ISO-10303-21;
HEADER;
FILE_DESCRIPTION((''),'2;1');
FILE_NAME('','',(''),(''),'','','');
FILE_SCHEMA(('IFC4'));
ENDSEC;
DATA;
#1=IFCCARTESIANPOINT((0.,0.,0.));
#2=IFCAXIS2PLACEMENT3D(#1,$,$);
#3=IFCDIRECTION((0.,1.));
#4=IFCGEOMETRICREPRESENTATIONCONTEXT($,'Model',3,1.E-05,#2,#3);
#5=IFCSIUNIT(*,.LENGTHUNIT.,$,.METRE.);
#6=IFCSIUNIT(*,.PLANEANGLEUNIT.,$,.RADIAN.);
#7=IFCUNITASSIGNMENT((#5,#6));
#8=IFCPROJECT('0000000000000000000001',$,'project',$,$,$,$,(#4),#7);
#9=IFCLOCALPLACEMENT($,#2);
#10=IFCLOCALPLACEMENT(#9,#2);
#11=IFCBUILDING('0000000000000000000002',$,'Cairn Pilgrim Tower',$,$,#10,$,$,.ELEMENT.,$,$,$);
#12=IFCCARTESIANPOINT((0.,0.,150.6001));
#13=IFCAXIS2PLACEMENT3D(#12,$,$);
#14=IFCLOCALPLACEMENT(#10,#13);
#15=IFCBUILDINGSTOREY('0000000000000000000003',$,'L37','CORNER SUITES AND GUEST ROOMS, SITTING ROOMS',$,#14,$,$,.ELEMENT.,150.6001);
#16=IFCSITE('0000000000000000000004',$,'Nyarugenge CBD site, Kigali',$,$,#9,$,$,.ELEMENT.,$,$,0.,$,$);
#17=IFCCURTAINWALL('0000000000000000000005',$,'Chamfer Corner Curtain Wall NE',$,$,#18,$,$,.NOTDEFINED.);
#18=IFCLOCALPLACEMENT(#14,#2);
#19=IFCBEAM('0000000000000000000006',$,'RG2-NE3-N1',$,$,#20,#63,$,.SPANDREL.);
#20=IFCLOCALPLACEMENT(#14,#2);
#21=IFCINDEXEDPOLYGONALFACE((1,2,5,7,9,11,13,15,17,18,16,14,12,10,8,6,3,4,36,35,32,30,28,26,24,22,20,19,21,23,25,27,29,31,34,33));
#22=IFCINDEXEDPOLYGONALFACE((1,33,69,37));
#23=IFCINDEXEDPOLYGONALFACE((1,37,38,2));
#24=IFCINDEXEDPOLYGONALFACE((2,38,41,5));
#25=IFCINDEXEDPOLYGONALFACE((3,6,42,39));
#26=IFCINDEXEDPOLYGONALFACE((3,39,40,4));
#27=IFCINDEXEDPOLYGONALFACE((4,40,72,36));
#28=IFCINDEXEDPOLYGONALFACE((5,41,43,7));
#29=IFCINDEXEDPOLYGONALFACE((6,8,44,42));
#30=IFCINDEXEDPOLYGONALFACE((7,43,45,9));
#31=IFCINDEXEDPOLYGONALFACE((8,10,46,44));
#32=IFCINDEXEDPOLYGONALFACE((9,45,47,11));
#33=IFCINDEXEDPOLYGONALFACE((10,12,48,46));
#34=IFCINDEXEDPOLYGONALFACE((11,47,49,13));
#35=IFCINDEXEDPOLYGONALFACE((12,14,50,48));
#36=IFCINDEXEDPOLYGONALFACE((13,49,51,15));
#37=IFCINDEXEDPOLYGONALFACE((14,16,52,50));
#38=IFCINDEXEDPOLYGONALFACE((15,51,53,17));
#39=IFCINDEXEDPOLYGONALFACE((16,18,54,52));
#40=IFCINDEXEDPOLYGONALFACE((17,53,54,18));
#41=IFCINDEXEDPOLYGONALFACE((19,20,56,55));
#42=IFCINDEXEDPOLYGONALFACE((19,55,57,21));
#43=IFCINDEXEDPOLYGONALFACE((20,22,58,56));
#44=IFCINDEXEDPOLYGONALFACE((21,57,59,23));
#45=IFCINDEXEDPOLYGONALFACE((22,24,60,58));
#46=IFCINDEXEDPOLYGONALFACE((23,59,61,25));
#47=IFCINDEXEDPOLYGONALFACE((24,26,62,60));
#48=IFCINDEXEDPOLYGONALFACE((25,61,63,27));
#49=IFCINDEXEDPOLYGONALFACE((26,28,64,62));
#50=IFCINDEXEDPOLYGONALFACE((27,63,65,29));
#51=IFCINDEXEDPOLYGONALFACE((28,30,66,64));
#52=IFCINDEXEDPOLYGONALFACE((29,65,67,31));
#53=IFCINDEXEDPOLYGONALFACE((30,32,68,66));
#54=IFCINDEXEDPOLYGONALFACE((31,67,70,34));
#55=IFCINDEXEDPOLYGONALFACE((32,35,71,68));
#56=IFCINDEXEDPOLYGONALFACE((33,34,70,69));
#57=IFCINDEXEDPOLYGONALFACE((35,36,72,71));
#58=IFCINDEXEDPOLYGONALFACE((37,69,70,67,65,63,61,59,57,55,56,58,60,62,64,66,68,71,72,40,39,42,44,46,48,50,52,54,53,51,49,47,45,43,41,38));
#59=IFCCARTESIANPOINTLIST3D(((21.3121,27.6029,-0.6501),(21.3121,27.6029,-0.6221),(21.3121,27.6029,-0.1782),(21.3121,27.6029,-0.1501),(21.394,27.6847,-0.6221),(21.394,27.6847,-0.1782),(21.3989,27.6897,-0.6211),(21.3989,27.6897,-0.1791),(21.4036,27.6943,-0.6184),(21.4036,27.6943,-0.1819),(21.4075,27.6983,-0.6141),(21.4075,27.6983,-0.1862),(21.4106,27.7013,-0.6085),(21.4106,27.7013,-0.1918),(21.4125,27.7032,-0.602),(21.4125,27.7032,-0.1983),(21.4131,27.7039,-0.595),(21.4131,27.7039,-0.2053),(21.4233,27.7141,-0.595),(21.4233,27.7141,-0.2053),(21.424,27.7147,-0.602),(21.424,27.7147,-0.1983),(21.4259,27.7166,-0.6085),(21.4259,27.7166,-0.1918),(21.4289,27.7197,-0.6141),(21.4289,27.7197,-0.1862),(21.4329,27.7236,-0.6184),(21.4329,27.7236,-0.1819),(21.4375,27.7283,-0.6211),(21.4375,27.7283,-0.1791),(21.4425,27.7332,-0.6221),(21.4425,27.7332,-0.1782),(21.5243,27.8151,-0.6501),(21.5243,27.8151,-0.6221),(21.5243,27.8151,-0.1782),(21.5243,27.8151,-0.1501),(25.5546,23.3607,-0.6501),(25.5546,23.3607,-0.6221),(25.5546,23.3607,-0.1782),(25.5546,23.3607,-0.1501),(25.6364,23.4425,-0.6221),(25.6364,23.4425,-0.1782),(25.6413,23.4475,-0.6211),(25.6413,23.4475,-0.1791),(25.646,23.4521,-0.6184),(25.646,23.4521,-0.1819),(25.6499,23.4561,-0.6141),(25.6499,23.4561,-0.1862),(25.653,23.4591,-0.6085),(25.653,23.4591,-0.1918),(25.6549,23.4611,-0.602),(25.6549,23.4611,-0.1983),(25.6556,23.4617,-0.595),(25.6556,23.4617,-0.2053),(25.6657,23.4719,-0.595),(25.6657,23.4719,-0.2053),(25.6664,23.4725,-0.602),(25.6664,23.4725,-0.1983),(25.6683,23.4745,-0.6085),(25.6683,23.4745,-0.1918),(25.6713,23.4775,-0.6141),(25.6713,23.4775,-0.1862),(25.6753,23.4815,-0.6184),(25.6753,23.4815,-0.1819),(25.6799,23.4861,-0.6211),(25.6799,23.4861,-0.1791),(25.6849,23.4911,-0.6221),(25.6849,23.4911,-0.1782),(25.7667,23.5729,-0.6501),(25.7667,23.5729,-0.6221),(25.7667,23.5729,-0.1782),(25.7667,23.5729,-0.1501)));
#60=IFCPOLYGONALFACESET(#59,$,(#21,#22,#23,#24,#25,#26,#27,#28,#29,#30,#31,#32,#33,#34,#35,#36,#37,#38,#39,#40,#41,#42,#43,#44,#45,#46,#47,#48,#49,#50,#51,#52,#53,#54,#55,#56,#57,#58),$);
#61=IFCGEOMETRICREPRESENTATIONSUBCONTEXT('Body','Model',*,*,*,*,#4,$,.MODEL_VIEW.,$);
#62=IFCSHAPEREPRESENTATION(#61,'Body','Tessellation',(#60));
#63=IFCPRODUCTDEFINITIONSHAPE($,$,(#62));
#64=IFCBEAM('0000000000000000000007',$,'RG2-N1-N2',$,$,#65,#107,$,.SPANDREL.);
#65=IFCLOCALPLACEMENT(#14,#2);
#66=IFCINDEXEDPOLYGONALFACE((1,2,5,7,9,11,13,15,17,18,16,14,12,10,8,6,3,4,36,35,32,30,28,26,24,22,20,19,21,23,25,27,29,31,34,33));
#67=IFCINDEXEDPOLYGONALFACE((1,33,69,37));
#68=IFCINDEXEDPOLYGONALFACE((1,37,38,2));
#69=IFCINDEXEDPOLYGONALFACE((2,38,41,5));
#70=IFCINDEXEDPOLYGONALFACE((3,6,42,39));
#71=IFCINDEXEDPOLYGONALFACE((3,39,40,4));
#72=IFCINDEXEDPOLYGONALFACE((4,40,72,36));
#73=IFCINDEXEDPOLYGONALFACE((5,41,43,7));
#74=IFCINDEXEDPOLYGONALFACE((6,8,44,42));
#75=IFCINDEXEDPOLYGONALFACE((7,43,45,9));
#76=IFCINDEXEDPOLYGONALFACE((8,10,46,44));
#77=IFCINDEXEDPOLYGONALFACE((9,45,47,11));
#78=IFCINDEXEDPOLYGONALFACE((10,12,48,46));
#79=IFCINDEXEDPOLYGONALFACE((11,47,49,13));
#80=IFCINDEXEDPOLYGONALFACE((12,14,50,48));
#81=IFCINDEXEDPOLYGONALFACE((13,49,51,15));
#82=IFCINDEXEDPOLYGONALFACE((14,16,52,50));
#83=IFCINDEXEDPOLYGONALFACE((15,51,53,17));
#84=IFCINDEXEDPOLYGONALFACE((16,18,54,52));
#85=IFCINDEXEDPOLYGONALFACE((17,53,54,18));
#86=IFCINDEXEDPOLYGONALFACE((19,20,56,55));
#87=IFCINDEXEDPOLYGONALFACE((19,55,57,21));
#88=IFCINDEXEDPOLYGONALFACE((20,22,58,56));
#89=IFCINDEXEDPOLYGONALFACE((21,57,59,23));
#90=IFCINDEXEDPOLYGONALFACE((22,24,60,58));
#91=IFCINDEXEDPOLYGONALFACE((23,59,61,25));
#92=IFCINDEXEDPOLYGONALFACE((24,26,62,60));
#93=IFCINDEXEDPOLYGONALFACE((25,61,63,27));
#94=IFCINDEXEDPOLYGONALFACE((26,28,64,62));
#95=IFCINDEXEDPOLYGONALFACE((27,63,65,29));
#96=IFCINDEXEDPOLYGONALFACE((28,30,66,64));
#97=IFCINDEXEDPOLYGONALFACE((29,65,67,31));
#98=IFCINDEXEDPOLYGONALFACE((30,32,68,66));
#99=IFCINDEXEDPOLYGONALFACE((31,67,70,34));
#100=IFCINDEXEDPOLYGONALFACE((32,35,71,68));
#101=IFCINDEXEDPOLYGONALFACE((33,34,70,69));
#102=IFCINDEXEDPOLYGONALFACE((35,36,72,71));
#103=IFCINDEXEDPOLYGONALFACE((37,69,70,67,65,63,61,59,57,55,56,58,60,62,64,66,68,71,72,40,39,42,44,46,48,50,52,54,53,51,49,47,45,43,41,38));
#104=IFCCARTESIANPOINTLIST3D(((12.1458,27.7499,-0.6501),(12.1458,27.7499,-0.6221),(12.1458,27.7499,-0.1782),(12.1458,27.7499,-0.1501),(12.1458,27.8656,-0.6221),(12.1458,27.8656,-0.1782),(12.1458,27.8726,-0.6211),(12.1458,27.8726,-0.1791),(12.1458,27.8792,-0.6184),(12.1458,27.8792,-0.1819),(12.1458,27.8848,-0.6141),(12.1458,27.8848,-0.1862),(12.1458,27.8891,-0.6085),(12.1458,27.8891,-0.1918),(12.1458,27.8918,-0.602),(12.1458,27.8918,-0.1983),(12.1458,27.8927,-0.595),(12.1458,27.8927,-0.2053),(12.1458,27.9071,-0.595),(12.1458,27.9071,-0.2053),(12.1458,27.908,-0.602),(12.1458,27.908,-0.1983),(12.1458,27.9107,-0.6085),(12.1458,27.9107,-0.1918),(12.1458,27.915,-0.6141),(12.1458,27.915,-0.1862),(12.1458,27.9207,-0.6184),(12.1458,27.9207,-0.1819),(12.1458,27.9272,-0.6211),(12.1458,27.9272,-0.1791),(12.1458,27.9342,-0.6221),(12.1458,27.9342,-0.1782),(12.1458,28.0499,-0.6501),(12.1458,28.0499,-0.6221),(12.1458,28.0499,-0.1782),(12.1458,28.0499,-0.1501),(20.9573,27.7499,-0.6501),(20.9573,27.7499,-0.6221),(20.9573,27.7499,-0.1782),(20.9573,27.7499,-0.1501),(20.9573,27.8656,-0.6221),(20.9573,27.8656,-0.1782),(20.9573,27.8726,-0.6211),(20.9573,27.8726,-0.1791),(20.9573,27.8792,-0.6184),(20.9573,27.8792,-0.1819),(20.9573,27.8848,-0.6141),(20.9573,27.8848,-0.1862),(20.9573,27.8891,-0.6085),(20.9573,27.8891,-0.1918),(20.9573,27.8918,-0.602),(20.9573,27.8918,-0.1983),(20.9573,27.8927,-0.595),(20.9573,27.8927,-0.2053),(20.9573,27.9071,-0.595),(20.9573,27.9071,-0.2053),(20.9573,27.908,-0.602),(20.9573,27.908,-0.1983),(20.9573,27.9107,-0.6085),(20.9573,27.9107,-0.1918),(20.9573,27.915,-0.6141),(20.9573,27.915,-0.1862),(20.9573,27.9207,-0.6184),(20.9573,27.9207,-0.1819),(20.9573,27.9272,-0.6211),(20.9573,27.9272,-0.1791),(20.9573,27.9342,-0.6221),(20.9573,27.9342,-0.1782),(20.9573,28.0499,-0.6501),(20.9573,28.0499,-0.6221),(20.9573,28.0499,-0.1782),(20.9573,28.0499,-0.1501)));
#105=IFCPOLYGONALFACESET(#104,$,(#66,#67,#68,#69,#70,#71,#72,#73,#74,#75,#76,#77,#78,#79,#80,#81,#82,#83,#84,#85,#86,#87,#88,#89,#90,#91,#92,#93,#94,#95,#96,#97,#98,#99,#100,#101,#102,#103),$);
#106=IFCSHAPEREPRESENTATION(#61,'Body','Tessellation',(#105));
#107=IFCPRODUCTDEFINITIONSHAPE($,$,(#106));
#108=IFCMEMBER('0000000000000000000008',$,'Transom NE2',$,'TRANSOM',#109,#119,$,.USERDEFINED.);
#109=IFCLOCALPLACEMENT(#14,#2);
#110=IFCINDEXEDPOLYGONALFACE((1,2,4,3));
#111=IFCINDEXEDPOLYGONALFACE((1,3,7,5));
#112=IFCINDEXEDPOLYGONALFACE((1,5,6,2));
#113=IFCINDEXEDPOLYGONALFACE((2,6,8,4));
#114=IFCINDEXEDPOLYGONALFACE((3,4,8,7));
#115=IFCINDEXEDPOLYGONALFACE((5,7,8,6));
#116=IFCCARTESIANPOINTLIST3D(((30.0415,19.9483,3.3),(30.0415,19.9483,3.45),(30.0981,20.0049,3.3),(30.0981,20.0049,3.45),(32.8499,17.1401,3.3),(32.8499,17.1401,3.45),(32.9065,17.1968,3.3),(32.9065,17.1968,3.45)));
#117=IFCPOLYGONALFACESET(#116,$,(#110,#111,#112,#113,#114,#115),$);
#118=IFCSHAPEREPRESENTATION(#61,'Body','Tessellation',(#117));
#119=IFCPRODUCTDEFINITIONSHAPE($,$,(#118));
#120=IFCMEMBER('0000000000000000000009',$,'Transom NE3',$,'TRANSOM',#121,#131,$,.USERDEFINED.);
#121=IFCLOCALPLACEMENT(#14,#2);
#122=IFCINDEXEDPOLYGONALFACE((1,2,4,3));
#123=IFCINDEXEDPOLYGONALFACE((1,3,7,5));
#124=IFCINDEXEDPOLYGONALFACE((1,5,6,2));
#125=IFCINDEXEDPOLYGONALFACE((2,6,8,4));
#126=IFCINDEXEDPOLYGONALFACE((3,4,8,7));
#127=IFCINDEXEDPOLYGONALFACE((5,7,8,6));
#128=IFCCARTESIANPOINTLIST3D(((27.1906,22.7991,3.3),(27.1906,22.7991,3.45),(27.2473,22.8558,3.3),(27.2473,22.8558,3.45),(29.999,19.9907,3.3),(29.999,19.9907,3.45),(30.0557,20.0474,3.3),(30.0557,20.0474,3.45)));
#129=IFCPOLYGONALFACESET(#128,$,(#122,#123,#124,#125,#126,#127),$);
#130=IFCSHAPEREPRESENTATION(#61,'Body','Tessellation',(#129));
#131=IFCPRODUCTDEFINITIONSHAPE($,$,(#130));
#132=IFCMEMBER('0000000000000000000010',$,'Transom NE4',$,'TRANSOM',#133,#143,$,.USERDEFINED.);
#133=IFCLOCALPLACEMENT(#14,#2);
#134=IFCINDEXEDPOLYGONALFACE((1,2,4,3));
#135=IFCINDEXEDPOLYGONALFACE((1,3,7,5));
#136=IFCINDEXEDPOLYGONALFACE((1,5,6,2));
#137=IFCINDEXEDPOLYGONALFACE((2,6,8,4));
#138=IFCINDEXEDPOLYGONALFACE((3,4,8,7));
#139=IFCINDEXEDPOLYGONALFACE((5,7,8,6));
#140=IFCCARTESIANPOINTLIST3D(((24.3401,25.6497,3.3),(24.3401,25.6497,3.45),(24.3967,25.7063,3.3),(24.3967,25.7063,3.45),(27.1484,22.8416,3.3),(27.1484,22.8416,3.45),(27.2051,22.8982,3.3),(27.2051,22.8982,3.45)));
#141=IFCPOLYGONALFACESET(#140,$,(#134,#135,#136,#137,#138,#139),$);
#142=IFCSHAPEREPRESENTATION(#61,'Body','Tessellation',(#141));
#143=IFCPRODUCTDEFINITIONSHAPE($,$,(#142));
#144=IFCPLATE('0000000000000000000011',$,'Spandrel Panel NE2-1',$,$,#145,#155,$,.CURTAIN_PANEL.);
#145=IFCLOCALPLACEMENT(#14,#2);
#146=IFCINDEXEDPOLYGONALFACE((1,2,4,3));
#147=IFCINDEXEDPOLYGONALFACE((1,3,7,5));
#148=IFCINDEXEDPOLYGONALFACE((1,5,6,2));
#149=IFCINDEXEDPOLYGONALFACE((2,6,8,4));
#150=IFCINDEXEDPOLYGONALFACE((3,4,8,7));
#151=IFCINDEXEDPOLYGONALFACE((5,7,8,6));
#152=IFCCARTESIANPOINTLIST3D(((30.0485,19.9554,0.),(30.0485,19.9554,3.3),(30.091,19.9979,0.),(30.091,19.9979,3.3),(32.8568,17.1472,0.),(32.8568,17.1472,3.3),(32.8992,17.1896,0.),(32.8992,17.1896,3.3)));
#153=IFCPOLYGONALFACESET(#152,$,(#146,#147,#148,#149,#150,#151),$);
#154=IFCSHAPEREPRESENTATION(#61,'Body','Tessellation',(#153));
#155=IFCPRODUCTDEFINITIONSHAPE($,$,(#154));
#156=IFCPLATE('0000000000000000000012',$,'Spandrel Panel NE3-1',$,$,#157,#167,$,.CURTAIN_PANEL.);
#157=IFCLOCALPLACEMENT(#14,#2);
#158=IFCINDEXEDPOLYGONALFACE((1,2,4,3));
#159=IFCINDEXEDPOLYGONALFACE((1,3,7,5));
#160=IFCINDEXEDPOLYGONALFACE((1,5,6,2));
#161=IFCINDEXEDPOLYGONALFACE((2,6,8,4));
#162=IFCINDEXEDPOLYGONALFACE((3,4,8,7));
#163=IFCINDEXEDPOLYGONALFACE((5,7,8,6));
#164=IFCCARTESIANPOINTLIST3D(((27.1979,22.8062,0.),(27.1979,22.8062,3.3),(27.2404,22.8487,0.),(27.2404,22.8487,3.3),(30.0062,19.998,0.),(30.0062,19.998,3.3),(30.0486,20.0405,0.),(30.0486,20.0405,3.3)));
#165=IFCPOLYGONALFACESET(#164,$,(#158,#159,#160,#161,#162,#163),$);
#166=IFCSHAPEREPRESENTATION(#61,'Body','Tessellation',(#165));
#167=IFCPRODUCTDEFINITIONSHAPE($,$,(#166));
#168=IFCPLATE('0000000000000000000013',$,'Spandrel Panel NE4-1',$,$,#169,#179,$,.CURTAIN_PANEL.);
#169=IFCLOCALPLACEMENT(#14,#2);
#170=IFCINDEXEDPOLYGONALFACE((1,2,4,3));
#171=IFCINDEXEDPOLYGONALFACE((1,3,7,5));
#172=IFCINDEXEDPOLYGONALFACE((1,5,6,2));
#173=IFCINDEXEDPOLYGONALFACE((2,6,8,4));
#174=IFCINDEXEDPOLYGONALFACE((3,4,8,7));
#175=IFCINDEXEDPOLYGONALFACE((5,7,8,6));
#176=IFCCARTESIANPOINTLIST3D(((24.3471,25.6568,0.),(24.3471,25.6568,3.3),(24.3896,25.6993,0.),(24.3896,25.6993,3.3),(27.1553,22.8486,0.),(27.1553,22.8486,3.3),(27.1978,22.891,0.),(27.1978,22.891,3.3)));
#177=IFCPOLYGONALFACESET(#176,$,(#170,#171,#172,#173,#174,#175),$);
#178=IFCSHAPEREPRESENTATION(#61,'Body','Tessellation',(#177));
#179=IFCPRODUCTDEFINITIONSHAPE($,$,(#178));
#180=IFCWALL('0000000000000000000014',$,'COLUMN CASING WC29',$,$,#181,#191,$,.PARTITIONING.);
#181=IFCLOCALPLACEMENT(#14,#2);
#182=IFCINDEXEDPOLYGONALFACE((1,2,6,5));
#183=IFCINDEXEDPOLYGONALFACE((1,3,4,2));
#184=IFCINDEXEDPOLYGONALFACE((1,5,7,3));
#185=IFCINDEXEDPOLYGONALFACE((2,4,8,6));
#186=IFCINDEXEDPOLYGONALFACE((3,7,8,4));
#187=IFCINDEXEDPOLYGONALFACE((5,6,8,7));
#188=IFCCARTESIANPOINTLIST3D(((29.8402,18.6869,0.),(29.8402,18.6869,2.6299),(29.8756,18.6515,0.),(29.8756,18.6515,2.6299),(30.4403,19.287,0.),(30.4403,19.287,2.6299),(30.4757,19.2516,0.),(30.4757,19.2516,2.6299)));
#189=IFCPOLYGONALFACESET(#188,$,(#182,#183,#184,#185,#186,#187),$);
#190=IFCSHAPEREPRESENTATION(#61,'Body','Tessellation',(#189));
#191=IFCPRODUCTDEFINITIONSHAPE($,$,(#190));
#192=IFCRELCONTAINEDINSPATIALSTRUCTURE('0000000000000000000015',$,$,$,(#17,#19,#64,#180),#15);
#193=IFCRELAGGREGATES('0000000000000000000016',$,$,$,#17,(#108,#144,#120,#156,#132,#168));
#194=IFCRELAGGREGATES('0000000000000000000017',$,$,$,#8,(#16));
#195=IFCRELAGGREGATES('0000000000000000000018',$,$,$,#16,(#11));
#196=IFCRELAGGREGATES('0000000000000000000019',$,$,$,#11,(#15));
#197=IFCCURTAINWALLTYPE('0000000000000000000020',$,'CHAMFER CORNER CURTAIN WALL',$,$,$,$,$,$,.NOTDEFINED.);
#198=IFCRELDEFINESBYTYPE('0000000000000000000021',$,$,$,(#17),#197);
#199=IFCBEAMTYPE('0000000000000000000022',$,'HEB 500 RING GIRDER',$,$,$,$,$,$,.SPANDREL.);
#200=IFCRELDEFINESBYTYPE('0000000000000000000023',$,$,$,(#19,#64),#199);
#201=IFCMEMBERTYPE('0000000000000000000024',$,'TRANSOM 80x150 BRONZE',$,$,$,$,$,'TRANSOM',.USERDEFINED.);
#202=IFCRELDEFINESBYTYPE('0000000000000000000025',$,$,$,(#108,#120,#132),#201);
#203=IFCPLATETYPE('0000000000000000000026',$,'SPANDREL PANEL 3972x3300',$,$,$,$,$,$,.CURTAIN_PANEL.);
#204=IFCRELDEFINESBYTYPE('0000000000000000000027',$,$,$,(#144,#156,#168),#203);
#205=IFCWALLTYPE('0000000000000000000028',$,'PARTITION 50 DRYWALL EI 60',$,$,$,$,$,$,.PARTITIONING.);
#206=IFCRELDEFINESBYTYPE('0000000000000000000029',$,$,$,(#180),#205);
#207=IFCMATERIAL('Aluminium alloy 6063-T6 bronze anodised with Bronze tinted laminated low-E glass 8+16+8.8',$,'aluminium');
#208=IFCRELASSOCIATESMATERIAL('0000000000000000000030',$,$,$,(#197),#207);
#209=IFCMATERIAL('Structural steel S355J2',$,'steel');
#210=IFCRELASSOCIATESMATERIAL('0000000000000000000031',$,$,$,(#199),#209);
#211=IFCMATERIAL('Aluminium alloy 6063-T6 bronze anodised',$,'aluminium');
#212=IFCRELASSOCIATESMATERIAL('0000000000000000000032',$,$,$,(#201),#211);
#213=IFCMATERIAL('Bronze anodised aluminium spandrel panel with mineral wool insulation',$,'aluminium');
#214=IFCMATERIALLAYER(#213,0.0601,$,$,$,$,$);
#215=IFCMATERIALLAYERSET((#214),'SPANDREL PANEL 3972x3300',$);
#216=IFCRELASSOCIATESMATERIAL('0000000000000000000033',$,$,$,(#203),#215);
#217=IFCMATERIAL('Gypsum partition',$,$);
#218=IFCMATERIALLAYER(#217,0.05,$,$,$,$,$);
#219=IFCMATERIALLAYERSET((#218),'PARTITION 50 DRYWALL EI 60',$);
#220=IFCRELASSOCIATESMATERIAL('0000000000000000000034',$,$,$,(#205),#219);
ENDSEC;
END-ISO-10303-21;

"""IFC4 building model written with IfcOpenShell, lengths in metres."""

from ifc_helpers import new_model, si_unit, direction, frame, frame_2d, origin, origin_2d, place, context, subcontext, project, spatial, rectangle, i_section, extrude, material, layer, layer_set, material_profile, profile_set, type_object, element, aggregate, save


model = new_model("IFC4")

# Units and contexts
model_context = context("Model", 3, precision=1e-05, world=origin(), true_north=direction((0.0, 1.0)))
body_context = subcontext(model_context, "Body", "Model", "MODEL_VIEW")
ifc_project = project(units=[si_unit("LENGTHUNIT", "METRE"), si_unit("PLANEANGLEUNIT", "RADIAN")], contexts=[model_context])

# Site, building, storey
site_placement = place(None, origin())
site = spatial("IfcSite", under=ifc_project, at=site_placement, Name="Nyarugenge CBD site, Kigali", CompositionType="ELEMENT", RefElevation=0.0)
building_placement = place(site_placement, origin())
building = spatial("IfcBuilding", under=site, at=building_placement, Name="Cairn Pilgrim Tower", CompositionType="ELEMENT")
storey_placement = place(building_placement, frame((0.0, 0.0, 150.6001)))
storey = spatial("IfcBuildingStorey", under=building, at=storey_placement, Name="L37", Description="CORNER SUITES AND GUEST ROOMS, SITTING ROOMS", CompositionType="ELEMENT", Elevation=150.6001)

# Shared definitions
ifc_material_1 = material(Name="Structural steel S355J2", Category="steel")

# Curtain wall
ifc_material_2 = material(Name="Aluminium alloy 6063-T6 bronze anodised with Bronze tinted laminated low-E glass 8+16+8.8", Category="aluminium")
curtain_wall_type_1 = type_object("IfcCurtainWallType", Name="CHAMFER CORNER CURTAIN WALL", PredefinedType="NOTDEFINED", material=ifc_material_2)
curtain_wall_1_placement = place(storey_placement, origin())
curtain_wall_1 = element("IfcCurtainWall", 1, at=curtain_wall_1_placement, inside=storey, type_object=curtain_wall_type_1, Name="Chamfer Corner Curtain Wall NE", PredefinedType="NOTDEFINED")
ifc_material_3 = material(Name="Aluminium alloy 6063-T6 bronze anodised", Category="aluminium")

# Beams
ifc_material_profile_1 = material_profile(ifc_material_1, i_section(OverallWidth=0.3, OverallDepth=0.5, WebThickness=0.0144, FlangeThickness=0.0281, FilletRadius=0.0271, at=origin_2d()), Name="HEB 500")
ifc_profile_set_1 = profile_set([ifc_material_profile_1], Name="Structural steel S355J2")
beam_type_1 = type_object("IfcBeamType", Name="HEB 500 RING GIRDER", PredefinedType="SPANDREL", material=ifc_profile_set_1)
beam_1_placement = place(storey_placement, frame((25.6606, 23.4668, -0.4001), z_axis=(-0.707127, 0.707086, 0.0), x_axis=(-0.707086, -0.707127, 0.0)))
element("IfcBeam", 2, at=beam_1_placement, inside=storey, type_object=beam_type_1, Name="RG2-NE3-N1", PredefinedType="SPANDREL", context=body_context, shape_type="SweptSolid", body=[
    extrude(i_section(OverallWidth=0.3, OverallDepth=0.5, WebThickness=0.0144, FlangeThickness=0.0281, FilletRadius=0.0271, at=origin_2d()), origin(), (0.0, 0.0, 1.0), 5.9995),
])
beam_2_placement = place(storey_placement, frame((20.9573, 27.8999, -0.4001), z_axis=(-1.0, 0.0, 0.0), x_axis=(0.0, -1.0, 0.0)))
element("IfcBeam", 3, at=beam_2_placement, inside=storey, type_object=beam_type_1, Name="RG2-N1-N2", PredefinedType="SPANDREL", context=body_context, shape_type="SweptSolid", body=[
    extrude(i_section(OverallWidth=0.3, OverallDepth=0.5, WebThickness=0.0144, FlangeThickness=0.0281, FilletRadius=0.0271, at=origin_2d()), origin(), (0.0, 0.0, 1.0), 8.8115),
])

# Members
ifc_material_profile_2 = material_profile(ifc_material_3, rectangle(XDim=0.0801, YDim=0.1499, at=origin_2d()), Name="TRANSOM 80x150 BRONZE")
ifc_profile_set_2 = profile_set([ifc_material_profile_2], Name="Aluminium alloy 6063-T6 bronze anodised")
member_type_1 = type_object("IfcMemberType", Name="TRANSOM 80x150 BRONZE", ElementType="TRANSOM", PredefinedType="USERDEFINED", material=ifc_profile_set_2)
member_1_placement = place(storey_placement, frame((32.8782, 17.1685, 3.375), z_axis=(-0.707138, 0.707076, 0.0), x_axis=(-0.707076, -0.707138, 0.0)))
member_1 = element("IfcMember", 4, at=member_1_placement, type_object=member_type_1, Name="Transom NE2", ObjectType="TRANSOM", PredefinedType="USERDEFINED", context=body_context, shape_type="SweptSolid", body=[
    extrude(rectangle(XDim=0.0801, YDim=0.1499, at=origin_2d()), origin(), (0.0, 0.0, 1.0), 3.9714),
])
member_2_placement = place(storey_placement, frame((30.0273, 20.019, 3.375), z_axis=(-0.707107, 0.707107, 0.0), x_axis=(-0.707107, -0.707107, 0.0)))
member_2 = element("IfcMember", 5, at=member_2_placement, type_object=member_type_1, Name="Transom NE3", ObjectType="TRANSOM", PredefinedType="USERDEFINED", context=body_context, shape_type="SweptSolid", body=[
    extrude(rectangle(XDim=0.0801, YDim=0.1499, at=origin_2d()), origin(), (0.0, 0.0, 1.0), 3.9717),
])
member_3_placement = place(storey_placement, frame((27.1768, 22.8699, 3.375), z_axis=(-0.707138, 0.707076, 0.0), x_axis=(-0.707076, -0.707138, 0.0)))
member_3 = element("IfcMember", 6, at=member_3_placement, type_object=member_type_1, Name="Transom NE4", ObjectType="TRANSOM", PredefinedType="USERDEFINED", context=body_context, shape_type="SweptSolid", body=[
    extrude(rectangle(XDim=0.0801, YDim=0.1499, at=origin_2d()), origin(), (0.0, 0.0, 1.0), 3.9714),
])

# Plates
ifc_material_4 = material(Name="Bronze anodised aluminium spandrel panel with mineral wool insulation", Category="aluminium")
ifc_layer_1 = layer(ifc_material_4, 0.0601)
ifc_layer_set_1 = layer_set([ifc_layer_1], Name="SPANDREL PANEL 3972x3300")
plate_type = type_object("IfcPlateType", Name="SPANDREL PANEL 3972x3300", PredefinedType="CURTAIN_PANEL", material=ifc_layer_set_1)
plate_1_placement = place(storey_placement, frame((31.4739, 18.5725, 0.0), z_axis=(0.0, 0.0, 1.0), x_axis=(-0.707107, 0.707107, 0.0)))
plate_1 = element("IfcPlate", 7, at=plate_1_placement, type_object=plate_type, Name="Spandrel Panel NE2-1", PredefinedType="CURTAIN_PANEL", context=body_context, shape_type="SweptSolid", body=[
    extrude(rectangle(XDim=3.9714, YDim=0.0601, at=origin_2d()), origin(), (0.0, 0.0, 1.0), 3.3),
])
plate_2_placement = place(storey_placement, frame((28.6233, 21.4233, 0.0), z_axis=(0.0, 0.0, 1.0), x_axis=(-0.707107, 0.707107, 0.0)))
plate_2 = element("IfcPlate", 8, at=plate_2_placement, type_object=plate_type, Name="Spandrel Panel NE3-1", PredefinedType="CURTAIN_PANEL", context=body_context, shape_type="SweptSolid", body=[
    extrude(rectangle(XDim=3.9714, YDim=0.0601, at=origin_2d()), origin(), (0.0, 0.0, 1.0), 3.3),
])
plate_3_placement = place(storey_placement, frame((25.7725, 24.2739, 0.0), z_axis=(0.0, 0.0, 1.0), x_axis=(-0.707107, 0.707107, 0.0)))
plate_3 = element("IfcPlate", 9, at=plate_3_placement, type_object=plate_type, Name="Spandrel Panel NE4-1", PredefinedType="CURTAIN_PANEL", context=body_context, shape_type="SweptSolid", body=[
    extrude(rectangle(XDim=3.9714, YDim=0.0601, at=origin_2d()), origin(), (0.0, 0.0, 1.0), 3.3),
])
aggregate(curtain_wall_1, [member_1, plate_1, member_2, plate_2, member_3, plate_3])

# Wall
ifc_material_5 = material(Name="Gypsum partition")
ifc_layer_2 = layer(ifc_material_5, 0.05)
ifc_layer_set_2 = layer_set([ifc_layer_2], Name="PARTITION 50 DRYWALL EI 60")
wall_type_1 = type_object("IfcWallType", Name="PARTITION 50 DRYWALL EI 60", PredefinedType="PARTITIONING", material=ifc_layer_set_2)
wall_1_placement = place(storey_placement, frame((29.8579, 18.6692, 0.0), z_axis=(0.0, 0.0, 1.0), x_axis=(0.707107, 0.707107, 0.0)))
element("IfcWall", 10, at=wall_1_placement, inside=storey, type_object=wall_type_1, Name="COLUMN CASING WC29", PredefinedType="PARTITIONING", context=body_context, shape_type="SweptSolid", body=[
    extrude(rectangle(XDim=0.8486, YDim=0.05, at=frame_2d((0.4243, 0.0))), origin(), (0.0, 0.0, 1.0), 2.6299),
])

save(model, "model.ifc")
